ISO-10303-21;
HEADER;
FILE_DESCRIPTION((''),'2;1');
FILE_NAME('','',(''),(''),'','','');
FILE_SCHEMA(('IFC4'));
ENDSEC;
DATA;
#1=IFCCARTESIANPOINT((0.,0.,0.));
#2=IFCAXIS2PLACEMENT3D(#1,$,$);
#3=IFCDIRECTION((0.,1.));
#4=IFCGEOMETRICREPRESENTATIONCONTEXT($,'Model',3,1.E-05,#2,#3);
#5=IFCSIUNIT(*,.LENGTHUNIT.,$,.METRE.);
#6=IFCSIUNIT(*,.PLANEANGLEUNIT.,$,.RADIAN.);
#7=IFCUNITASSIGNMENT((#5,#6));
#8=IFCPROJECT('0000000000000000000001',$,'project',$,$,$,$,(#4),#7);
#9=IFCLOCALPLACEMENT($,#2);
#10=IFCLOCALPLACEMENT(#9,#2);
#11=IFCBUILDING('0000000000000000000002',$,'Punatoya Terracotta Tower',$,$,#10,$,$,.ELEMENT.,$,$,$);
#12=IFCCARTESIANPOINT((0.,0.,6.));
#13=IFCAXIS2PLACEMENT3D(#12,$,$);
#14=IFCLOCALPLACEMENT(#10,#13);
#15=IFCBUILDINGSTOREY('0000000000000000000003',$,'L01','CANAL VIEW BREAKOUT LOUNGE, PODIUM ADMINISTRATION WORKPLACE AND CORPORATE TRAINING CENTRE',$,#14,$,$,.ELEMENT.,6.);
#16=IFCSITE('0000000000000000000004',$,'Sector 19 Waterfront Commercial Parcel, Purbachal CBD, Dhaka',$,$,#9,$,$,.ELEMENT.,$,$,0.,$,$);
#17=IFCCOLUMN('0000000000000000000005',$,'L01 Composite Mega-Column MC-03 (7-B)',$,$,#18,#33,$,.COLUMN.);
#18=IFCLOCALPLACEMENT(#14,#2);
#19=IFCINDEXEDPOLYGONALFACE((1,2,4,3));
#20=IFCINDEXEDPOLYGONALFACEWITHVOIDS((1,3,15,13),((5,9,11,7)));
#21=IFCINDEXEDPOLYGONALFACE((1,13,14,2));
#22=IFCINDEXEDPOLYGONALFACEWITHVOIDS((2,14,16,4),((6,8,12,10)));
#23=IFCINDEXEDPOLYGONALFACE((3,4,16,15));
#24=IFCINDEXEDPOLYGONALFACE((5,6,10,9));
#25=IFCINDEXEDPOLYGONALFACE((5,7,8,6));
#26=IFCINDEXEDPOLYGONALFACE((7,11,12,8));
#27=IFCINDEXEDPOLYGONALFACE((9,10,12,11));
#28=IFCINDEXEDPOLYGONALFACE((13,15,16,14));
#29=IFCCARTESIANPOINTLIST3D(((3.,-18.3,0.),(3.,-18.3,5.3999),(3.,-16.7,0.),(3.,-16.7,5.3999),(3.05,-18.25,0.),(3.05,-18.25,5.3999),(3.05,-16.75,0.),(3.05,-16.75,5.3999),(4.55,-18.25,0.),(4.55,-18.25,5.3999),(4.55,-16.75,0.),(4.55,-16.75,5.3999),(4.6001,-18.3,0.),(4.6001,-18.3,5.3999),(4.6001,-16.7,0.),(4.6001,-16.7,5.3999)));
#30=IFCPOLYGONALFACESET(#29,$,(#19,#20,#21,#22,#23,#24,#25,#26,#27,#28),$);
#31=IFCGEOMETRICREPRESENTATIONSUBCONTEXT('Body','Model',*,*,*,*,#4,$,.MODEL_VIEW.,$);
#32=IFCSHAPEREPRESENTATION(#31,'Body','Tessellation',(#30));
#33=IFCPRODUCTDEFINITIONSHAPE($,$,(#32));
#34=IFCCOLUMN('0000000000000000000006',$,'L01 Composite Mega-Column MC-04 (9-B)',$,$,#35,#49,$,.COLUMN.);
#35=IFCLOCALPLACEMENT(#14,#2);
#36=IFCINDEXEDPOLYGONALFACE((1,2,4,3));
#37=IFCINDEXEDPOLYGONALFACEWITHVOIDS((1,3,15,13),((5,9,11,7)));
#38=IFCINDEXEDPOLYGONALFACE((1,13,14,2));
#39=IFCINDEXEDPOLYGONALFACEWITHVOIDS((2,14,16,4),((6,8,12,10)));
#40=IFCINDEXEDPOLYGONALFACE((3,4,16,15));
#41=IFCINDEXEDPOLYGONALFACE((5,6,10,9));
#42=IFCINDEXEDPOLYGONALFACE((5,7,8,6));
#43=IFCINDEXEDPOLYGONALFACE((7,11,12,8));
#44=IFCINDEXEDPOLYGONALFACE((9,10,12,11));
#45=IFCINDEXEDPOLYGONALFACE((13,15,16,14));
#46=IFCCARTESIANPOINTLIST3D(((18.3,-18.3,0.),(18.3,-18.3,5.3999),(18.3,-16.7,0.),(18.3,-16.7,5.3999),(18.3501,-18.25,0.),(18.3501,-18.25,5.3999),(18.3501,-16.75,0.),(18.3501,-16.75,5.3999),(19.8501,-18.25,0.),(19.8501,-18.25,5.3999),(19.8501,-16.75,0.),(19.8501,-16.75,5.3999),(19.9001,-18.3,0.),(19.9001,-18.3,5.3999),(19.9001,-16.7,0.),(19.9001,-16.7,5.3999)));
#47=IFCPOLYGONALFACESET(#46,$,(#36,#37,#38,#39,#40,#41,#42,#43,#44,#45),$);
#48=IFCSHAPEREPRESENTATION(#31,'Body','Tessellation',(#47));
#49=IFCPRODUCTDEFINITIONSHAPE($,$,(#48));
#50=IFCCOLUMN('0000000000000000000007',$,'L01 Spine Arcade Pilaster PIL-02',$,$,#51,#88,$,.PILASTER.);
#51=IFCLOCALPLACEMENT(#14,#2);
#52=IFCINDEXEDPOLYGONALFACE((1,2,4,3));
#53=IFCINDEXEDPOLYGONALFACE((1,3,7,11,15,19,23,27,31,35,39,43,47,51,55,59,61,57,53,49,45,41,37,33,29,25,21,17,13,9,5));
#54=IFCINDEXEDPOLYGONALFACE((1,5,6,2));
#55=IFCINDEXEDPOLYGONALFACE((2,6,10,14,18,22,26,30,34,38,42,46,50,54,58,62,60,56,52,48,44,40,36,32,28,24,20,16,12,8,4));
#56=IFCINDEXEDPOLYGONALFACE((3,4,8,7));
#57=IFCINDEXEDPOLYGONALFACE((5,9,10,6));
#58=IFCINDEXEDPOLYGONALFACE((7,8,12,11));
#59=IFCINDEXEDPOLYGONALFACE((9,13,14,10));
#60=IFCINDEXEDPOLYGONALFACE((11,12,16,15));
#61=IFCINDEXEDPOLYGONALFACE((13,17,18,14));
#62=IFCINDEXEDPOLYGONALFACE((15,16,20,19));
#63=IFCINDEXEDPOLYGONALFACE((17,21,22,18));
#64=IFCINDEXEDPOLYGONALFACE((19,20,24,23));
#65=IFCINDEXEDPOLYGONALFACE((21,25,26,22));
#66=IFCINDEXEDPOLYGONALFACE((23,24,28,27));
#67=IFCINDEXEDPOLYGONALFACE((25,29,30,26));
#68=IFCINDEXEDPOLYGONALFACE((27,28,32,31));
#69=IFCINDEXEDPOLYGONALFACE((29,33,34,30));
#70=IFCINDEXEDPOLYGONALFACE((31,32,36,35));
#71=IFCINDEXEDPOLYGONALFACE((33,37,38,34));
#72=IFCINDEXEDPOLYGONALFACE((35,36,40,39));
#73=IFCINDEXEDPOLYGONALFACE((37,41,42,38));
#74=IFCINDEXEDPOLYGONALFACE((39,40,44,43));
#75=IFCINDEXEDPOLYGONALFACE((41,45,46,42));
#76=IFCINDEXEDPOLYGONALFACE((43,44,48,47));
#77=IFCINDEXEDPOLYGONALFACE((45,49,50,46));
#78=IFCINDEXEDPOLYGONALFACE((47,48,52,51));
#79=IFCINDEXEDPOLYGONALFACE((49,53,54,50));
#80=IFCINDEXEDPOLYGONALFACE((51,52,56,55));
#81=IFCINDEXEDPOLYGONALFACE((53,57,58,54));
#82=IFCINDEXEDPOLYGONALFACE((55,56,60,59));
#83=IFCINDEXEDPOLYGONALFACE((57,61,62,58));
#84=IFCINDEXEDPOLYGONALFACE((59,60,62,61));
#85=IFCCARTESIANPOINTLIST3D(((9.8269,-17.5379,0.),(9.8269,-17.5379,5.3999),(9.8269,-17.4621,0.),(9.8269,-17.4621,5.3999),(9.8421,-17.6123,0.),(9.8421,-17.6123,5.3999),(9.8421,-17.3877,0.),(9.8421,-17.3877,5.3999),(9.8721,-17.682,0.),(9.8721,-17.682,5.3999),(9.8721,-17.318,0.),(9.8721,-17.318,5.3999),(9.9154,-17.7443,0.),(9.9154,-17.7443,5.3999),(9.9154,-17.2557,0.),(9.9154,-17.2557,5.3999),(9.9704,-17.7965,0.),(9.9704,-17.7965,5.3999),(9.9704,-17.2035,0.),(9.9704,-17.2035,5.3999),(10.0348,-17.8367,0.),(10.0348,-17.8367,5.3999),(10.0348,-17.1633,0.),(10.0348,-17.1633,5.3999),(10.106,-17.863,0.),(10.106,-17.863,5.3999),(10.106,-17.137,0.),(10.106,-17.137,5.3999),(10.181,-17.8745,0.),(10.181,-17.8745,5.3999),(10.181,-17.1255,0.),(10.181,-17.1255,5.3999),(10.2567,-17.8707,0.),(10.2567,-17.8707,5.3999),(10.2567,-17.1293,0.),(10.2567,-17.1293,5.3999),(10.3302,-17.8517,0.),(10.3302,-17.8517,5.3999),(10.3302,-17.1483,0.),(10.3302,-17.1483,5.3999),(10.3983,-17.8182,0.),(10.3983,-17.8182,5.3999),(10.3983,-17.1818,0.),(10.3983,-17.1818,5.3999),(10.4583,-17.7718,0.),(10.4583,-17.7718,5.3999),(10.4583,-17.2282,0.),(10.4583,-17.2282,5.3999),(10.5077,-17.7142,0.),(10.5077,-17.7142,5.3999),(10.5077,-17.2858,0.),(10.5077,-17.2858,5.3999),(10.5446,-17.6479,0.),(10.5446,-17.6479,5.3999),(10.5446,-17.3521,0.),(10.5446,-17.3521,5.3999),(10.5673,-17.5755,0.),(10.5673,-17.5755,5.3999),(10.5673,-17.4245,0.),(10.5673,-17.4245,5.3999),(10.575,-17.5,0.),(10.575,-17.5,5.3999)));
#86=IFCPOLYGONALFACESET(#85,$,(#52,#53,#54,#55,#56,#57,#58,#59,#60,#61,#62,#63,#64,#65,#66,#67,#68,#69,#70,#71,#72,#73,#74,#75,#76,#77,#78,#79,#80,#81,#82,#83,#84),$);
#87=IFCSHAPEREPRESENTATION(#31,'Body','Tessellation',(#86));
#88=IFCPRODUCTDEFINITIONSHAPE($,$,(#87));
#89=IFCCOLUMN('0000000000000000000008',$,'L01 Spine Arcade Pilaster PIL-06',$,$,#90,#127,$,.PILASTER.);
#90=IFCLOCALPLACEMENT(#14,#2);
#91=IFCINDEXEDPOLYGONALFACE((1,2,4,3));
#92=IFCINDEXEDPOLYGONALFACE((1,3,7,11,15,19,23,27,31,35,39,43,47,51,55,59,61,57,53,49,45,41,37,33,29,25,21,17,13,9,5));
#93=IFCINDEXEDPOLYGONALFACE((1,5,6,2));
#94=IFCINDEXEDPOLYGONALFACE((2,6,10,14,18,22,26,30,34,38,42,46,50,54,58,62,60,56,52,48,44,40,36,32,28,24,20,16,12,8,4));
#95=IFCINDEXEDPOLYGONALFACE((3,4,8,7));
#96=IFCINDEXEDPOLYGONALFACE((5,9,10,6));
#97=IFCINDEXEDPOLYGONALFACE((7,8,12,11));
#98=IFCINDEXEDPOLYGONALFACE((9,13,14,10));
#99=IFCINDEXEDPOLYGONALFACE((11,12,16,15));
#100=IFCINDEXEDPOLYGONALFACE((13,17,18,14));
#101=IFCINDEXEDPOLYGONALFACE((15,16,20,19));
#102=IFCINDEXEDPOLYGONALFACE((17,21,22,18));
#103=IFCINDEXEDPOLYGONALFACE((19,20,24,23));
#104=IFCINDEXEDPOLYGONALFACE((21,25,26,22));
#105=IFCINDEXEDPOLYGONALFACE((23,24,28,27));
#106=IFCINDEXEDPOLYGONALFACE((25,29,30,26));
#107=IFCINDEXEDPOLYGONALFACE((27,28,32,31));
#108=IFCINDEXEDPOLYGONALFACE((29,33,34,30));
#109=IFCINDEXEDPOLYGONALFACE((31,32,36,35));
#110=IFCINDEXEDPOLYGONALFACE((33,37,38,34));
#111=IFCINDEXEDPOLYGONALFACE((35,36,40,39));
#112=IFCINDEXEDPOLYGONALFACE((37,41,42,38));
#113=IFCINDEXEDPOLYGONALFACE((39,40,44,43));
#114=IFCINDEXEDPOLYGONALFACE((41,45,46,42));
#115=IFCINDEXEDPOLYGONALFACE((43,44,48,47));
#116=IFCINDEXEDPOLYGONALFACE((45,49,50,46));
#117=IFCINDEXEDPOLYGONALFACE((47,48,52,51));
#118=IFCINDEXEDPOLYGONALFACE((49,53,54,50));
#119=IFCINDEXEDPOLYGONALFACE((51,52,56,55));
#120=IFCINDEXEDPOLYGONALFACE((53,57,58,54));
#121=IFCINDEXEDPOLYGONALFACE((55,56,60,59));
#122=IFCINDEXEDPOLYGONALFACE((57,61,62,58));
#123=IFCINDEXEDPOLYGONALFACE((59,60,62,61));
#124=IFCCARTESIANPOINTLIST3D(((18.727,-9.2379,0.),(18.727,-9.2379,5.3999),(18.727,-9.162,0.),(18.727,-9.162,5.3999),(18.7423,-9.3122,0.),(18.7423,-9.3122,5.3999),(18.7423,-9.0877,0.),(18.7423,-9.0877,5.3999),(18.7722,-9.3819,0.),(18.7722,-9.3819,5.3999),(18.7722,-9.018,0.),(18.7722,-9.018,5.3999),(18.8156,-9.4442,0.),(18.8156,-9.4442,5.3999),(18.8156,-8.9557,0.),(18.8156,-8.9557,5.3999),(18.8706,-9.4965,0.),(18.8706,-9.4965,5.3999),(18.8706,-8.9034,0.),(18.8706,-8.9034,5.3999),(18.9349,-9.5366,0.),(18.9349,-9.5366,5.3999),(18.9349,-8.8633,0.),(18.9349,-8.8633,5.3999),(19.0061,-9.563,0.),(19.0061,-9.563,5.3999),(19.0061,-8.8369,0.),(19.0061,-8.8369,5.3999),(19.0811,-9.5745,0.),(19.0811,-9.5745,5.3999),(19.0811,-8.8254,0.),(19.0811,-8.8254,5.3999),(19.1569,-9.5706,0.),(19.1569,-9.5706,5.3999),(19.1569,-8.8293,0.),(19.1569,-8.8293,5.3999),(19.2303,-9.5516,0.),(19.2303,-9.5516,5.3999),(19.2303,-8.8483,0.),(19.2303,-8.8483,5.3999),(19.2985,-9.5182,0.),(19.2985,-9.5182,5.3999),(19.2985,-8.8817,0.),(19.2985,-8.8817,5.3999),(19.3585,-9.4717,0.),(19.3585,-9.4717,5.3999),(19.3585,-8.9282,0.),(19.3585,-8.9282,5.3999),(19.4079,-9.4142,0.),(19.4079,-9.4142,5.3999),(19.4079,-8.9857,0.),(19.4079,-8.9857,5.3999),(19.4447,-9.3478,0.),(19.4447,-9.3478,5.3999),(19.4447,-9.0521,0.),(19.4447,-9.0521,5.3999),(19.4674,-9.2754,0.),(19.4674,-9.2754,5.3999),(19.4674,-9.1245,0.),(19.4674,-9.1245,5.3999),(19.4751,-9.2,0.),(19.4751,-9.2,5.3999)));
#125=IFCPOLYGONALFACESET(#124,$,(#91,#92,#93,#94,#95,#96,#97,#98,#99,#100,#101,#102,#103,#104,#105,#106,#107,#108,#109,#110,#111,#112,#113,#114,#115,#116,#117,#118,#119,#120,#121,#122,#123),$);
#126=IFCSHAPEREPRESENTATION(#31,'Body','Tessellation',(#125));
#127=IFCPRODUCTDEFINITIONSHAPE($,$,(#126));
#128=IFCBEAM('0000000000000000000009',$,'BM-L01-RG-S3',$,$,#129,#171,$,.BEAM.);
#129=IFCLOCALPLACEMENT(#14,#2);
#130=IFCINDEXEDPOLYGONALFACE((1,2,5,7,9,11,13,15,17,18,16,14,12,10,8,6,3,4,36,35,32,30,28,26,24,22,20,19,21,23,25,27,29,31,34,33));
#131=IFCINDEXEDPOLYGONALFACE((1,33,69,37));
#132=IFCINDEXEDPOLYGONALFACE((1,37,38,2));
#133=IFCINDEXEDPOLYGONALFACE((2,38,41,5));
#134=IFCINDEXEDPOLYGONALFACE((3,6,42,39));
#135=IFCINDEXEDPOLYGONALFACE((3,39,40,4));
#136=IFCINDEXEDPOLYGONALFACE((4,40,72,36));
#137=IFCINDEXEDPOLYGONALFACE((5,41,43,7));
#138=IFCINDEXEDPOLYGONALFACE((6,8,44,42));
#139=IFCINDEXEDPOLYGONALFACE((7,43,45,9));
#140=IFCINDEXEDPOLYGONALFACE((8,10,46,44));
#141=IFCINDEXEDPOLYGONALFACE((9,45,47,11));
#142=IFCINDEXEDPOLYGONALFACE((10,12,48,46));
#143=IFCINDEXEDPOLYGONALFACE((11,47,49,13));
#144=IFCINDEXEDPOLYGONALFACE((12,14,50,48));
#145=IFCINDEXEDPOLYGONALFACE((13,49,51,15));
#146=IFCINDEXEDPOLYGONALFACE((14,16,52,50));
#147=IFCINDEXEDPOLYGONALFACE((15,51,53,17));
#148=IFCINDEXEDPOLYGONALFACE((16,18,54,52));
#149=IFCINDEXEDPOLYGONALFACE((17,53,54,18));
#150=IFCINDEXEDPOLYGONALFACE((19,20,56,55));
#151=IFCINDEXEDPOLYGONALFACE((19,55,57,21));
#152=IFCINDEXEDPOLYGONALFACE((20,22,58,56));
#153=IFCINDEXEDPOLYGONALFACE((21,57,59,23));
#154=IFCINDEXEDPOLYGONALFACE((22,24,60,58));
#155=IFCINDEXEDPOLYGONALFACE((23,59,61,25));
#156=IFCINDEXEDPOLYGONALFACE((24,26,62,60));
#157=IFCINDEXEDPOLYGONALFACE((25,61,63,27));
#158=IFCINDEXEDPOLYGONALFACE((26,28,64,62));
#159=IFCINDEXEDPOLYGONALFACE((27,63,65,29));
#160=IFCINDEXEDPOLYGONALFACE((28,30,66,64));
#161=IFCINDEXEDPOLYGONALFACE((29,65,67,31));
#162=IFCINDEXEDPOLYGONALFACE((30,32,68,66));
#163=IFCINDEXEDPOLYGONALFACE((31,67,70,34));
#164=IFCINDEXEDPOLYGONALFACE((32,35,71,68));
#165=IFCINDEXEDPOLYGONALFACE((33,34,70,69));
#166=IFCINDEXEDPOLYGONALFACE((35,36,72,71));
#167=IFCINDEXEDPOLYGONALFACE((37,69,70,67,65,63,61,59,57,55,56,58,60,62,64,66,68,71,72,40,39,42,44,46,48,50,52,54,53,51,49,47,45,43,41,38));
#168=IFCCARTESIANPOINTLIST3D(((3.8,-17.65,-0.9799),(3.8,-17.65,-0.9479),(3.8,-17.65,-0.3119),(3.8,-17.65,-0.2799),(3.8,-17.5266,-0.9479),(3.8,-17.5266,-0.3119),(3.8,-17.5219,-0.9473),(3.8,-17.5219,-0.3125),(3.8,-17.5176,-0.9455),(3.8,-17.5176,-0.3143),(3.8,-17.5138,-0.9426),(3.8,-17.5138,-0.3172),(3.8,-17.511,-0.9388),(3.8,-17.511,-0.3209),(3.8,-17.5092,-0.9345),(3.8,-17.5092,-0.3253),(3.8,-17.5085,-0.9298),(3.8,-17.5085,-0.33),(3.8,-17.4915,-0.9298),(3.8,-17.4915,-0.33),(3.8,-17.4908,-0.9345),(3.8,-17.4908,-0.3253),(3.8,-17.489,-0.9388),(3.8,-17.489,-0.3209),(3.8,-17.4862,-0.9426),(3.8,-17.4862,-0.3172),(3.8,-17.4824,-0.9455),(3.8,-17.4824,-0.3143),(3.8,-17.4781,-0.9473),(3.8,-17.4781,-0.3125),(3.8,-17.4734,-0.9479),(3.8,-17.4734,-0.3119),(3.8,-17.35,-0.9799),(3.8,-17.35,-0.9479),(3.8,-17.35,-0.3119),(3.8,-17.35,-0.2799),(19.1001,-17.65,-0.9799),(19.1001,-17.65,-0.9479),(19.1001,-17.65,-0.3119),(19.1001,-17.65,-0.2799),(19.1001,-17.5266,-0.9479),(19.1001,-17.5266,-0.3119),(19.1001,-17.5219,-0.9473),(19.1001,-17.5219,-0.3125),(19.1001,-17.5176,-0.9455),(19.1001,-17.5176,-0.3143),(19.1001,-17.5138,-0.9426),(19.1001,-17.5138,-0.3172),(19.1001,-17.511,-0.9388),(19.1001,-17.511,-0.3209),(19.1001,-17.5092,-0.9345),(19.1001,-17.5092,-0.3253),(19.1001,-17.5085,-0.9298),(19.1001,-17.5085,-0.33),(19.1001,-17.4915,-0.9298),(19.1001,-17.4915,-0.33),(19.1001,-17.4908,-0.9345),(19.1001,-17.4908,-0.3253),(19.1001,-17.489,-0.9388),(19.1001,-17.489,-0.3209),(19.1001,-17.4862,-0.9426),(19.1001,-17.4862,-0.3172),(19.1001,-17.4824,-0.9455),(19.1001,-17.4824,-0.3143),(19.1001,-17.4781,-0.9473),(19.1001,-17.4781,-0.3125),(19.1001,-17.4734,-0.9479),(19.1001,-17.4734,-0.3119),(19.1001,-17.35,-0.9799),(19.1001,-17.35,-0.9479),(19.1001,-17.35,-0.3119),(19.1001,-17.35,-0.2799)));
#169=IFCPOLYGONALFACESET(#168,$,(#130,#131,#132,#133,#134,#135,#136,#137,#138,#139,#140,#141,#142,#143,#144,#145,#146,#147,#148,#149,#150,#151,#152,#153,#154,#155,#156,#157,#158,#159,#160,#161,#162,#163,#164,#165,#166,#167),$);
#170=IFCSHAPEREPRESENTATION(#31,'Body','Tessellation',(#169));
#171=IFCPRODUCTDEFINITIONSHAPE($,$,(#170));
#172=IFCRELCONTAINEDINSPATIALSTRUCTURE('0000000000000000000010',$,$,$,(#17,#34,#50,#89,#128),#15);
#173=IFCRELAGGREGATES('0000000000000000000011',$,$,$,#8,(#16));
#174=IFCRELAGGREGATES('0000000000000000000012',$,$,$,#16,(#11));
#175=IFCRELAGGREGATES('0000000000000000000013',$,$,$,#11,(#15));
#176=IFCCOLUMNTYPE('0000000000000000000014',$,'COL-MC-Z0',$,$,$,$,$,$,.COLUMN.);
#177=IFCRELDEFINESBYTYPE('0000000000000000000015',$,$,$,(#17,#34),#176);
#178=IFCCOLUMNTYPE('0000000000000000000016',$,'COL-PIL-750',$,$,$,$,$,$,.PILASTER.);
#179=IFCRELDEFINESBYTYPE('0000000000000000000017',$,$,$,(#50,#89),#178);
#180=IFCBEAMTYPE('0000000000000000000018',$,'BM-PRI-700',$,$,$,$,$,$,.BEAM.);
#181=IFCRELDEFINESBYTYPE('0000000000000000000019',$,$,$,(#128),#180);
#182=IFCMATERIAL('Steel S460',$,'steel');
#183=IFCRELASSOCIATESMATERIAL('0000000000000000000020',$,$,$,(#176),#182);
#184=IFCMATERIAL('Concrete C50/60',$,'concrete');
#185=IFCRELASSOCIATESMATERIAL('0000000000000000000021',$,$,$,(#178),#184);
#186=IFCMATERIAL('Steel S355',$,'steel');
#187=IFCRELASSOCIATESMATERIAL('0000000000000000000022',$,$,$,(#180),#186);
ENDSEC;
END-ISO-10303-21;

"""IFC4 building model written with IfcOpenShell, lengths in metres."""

from ifc_helpers import new_model, si_unit, direction, frame, origin, origin_2d, place, context, subcontext, project, spatial, hollow_rectangle, circle, i_section, extrude, material, material_profile, profile_set, type_object, element, save


model = new_model("IFC4")

# Units and contexts
model_context = context("Model", 3, precision=1e-05, world=origin(), true_north=direction((0.0, 1.0)))
body_context = subcontext(model_context, "Body", "Model", "MODEL_VIEW")
ifc_project = project(units=[si_unit("LENGTHUNIT", "METRE"), si_unit("PLANEANGLEUNIT", "RADIAN")], contexts=[model_context])

# Site, building, storey
site_placement = place(None, origin())
site = spatial("IfcSite", under=ifc_project, at=site_placement, Name="Sector 19 Waterfront Commercial Parcel, Purbachal CBD, Dhaka", CompositionType="ELEMENT", RefElevation=0.0)
building_placement = place(site_placement, origin())
building = spatial("IfcBuilding", under=site, at=building_placement, Name="Punatoya Terracotta Tower", CompositionType="ELEMENT")
storey_placement = place(building_placement, frame((0.0, 0.0, 6.0)))
storey = spatial("IfcBuildingStorey", under=building, at=storey_placement, Name="L01", Description="CANAL VIEW BREAKOUT LOUNGE, PODIUM ADMINISTRATION WORKPLACE AND CORPORATE TRAINING CENTRE", CompositionType="ELEMENT", Elevation=6.0)

# Columns
ifc_material_1 = material(Name="Steel S460", Category="steel")
ifc_material_profile_1 = material_profile(ifc_material_1, hollow_rectangle(XDim=1.6001, YDim=1.6001, WallThickness=0.05, at=origin_2d()))
ifc_profile_set_1 = profile_set([ifc_material_profile_1], Name="Steel S460")
column_type_1 = type_object("IfcColumnType", Name="COL-MC-Z0", PredefinedType="COLUMN", material=ifc_profile_set_1)
for number, where, z_axis, x_axis, name in (
    (1, (3.8, -17.5, 0.0), (0.0, 0.0, 1.0), (1.0, 0.0, 0.0), "L01 Composite Mega-Column MC-03 (7-B)"),
    (2, (19.1001, -17.5, 0.0), (0.0, 0.0, 1.0), (1.0, 0.0, 0.0), "L01 Composite Mega-Column MC-04 (9-B)"),
):
    element("IfcColumn", number, at=place(storey_placement, frame(where, z_axis=z_axis, x_axis=x_axis)), inside=storey, type_object=column_type_1, Name=name, PredefinedType="COLUMN", context=body_context, shape_type="SweptSolid", body=[
        extrude(hollow_rectangle(XDim=1.6001, YDim=1.6001, WallThickness=0.05, at=origin_2d()), origin(), (0.0, 0.0, 1.0), 5.3999),
    ])
ifc_material_2 = material(Name="Concrete C50/60", Category="concrete")
ifc_material_profile_2 = material_profile(ifc_material_2, circle(Radius=0.375, at=origin_2d()))
ifc_profile_set_2 = profile_set([ifc_material_profile_2], Name="Concrete C50/60")
column_type_2 = type_object("IfcColumnType", Name="COL-PIL-750", PredefinedType="PILASTER", material=ifc_profile_set_2)
for number, where, z_axis, x_axis, name in (
    (3, (10.2, -17.5, 0.0), (0.0, 0.0, 1.0), (1.0, 0.0, 0.0), "L01 Spine Arcade Pilaster PIL-02"),
    (4, (19.1001, -9.2, 0.0), (0.0, 0.0, 1.0), (1.0, 0.0, 0.0), "L01 Spine Arcade Pilaster PIL-06"),
):
    element("IfcColumn", number, at=place(storey_placement, frame(where, z_axis=z_axis, x_axis=x_axis)), inside=storey, type_object=column_type_2, Name=name, PredefinedType="PILASTER", context=body_context, shape_type="SweptSolid", body=[
        extrude(circle(Radius=0.375, at=origin_2d()), origin(), (0.0, 0.0, 1.0), 5.3999),
    ])

# Beam
ifc_material_3 = material(Name="Steel S355", Category="steel")
ifc_material_profile_3 = material_profile(ifc_material_3, i_section(OverallWidth=0.3, OverallDepth=0.7, WebThickness=0.0171, FlangeThickness=0.032, FilletRadius=0.0181, at=origin_2d()))
ifc_profile_set_3 = profile_set([ifc_material_profile_3], Name="Steel S355")
beam_type_1 = type_object("IfcBeamType", Name="BM-PRI-700", PredefinedType="BEAM", material=ifc_profile_set_3)
beam_1_placement = place(storey_placement, frame((3.8, -17.5, -0.6299), z_axis=(1.0, 0.0, 0.0), x_axis=(0.0, 1.0, 0.0)))
element("IfcBeam", 5, at=beam_1_placement, inside=storey, type_object=beam_type_1, Name="BM-L01-RG-S3", PredefinedType="BEAM", context=body_context, shape_type="SweptSolid", body=[
    extrude(i_section(OverallWidth=0.3, OverallDepth=0.7, WebThickness=0.0171, FlangeThickness=0.032, FilletRadius=0.0181, at=origin_2d()), origin(), (0.0, 0.0, 1.0), 15.3),
])

save(model, "model.ifc")
